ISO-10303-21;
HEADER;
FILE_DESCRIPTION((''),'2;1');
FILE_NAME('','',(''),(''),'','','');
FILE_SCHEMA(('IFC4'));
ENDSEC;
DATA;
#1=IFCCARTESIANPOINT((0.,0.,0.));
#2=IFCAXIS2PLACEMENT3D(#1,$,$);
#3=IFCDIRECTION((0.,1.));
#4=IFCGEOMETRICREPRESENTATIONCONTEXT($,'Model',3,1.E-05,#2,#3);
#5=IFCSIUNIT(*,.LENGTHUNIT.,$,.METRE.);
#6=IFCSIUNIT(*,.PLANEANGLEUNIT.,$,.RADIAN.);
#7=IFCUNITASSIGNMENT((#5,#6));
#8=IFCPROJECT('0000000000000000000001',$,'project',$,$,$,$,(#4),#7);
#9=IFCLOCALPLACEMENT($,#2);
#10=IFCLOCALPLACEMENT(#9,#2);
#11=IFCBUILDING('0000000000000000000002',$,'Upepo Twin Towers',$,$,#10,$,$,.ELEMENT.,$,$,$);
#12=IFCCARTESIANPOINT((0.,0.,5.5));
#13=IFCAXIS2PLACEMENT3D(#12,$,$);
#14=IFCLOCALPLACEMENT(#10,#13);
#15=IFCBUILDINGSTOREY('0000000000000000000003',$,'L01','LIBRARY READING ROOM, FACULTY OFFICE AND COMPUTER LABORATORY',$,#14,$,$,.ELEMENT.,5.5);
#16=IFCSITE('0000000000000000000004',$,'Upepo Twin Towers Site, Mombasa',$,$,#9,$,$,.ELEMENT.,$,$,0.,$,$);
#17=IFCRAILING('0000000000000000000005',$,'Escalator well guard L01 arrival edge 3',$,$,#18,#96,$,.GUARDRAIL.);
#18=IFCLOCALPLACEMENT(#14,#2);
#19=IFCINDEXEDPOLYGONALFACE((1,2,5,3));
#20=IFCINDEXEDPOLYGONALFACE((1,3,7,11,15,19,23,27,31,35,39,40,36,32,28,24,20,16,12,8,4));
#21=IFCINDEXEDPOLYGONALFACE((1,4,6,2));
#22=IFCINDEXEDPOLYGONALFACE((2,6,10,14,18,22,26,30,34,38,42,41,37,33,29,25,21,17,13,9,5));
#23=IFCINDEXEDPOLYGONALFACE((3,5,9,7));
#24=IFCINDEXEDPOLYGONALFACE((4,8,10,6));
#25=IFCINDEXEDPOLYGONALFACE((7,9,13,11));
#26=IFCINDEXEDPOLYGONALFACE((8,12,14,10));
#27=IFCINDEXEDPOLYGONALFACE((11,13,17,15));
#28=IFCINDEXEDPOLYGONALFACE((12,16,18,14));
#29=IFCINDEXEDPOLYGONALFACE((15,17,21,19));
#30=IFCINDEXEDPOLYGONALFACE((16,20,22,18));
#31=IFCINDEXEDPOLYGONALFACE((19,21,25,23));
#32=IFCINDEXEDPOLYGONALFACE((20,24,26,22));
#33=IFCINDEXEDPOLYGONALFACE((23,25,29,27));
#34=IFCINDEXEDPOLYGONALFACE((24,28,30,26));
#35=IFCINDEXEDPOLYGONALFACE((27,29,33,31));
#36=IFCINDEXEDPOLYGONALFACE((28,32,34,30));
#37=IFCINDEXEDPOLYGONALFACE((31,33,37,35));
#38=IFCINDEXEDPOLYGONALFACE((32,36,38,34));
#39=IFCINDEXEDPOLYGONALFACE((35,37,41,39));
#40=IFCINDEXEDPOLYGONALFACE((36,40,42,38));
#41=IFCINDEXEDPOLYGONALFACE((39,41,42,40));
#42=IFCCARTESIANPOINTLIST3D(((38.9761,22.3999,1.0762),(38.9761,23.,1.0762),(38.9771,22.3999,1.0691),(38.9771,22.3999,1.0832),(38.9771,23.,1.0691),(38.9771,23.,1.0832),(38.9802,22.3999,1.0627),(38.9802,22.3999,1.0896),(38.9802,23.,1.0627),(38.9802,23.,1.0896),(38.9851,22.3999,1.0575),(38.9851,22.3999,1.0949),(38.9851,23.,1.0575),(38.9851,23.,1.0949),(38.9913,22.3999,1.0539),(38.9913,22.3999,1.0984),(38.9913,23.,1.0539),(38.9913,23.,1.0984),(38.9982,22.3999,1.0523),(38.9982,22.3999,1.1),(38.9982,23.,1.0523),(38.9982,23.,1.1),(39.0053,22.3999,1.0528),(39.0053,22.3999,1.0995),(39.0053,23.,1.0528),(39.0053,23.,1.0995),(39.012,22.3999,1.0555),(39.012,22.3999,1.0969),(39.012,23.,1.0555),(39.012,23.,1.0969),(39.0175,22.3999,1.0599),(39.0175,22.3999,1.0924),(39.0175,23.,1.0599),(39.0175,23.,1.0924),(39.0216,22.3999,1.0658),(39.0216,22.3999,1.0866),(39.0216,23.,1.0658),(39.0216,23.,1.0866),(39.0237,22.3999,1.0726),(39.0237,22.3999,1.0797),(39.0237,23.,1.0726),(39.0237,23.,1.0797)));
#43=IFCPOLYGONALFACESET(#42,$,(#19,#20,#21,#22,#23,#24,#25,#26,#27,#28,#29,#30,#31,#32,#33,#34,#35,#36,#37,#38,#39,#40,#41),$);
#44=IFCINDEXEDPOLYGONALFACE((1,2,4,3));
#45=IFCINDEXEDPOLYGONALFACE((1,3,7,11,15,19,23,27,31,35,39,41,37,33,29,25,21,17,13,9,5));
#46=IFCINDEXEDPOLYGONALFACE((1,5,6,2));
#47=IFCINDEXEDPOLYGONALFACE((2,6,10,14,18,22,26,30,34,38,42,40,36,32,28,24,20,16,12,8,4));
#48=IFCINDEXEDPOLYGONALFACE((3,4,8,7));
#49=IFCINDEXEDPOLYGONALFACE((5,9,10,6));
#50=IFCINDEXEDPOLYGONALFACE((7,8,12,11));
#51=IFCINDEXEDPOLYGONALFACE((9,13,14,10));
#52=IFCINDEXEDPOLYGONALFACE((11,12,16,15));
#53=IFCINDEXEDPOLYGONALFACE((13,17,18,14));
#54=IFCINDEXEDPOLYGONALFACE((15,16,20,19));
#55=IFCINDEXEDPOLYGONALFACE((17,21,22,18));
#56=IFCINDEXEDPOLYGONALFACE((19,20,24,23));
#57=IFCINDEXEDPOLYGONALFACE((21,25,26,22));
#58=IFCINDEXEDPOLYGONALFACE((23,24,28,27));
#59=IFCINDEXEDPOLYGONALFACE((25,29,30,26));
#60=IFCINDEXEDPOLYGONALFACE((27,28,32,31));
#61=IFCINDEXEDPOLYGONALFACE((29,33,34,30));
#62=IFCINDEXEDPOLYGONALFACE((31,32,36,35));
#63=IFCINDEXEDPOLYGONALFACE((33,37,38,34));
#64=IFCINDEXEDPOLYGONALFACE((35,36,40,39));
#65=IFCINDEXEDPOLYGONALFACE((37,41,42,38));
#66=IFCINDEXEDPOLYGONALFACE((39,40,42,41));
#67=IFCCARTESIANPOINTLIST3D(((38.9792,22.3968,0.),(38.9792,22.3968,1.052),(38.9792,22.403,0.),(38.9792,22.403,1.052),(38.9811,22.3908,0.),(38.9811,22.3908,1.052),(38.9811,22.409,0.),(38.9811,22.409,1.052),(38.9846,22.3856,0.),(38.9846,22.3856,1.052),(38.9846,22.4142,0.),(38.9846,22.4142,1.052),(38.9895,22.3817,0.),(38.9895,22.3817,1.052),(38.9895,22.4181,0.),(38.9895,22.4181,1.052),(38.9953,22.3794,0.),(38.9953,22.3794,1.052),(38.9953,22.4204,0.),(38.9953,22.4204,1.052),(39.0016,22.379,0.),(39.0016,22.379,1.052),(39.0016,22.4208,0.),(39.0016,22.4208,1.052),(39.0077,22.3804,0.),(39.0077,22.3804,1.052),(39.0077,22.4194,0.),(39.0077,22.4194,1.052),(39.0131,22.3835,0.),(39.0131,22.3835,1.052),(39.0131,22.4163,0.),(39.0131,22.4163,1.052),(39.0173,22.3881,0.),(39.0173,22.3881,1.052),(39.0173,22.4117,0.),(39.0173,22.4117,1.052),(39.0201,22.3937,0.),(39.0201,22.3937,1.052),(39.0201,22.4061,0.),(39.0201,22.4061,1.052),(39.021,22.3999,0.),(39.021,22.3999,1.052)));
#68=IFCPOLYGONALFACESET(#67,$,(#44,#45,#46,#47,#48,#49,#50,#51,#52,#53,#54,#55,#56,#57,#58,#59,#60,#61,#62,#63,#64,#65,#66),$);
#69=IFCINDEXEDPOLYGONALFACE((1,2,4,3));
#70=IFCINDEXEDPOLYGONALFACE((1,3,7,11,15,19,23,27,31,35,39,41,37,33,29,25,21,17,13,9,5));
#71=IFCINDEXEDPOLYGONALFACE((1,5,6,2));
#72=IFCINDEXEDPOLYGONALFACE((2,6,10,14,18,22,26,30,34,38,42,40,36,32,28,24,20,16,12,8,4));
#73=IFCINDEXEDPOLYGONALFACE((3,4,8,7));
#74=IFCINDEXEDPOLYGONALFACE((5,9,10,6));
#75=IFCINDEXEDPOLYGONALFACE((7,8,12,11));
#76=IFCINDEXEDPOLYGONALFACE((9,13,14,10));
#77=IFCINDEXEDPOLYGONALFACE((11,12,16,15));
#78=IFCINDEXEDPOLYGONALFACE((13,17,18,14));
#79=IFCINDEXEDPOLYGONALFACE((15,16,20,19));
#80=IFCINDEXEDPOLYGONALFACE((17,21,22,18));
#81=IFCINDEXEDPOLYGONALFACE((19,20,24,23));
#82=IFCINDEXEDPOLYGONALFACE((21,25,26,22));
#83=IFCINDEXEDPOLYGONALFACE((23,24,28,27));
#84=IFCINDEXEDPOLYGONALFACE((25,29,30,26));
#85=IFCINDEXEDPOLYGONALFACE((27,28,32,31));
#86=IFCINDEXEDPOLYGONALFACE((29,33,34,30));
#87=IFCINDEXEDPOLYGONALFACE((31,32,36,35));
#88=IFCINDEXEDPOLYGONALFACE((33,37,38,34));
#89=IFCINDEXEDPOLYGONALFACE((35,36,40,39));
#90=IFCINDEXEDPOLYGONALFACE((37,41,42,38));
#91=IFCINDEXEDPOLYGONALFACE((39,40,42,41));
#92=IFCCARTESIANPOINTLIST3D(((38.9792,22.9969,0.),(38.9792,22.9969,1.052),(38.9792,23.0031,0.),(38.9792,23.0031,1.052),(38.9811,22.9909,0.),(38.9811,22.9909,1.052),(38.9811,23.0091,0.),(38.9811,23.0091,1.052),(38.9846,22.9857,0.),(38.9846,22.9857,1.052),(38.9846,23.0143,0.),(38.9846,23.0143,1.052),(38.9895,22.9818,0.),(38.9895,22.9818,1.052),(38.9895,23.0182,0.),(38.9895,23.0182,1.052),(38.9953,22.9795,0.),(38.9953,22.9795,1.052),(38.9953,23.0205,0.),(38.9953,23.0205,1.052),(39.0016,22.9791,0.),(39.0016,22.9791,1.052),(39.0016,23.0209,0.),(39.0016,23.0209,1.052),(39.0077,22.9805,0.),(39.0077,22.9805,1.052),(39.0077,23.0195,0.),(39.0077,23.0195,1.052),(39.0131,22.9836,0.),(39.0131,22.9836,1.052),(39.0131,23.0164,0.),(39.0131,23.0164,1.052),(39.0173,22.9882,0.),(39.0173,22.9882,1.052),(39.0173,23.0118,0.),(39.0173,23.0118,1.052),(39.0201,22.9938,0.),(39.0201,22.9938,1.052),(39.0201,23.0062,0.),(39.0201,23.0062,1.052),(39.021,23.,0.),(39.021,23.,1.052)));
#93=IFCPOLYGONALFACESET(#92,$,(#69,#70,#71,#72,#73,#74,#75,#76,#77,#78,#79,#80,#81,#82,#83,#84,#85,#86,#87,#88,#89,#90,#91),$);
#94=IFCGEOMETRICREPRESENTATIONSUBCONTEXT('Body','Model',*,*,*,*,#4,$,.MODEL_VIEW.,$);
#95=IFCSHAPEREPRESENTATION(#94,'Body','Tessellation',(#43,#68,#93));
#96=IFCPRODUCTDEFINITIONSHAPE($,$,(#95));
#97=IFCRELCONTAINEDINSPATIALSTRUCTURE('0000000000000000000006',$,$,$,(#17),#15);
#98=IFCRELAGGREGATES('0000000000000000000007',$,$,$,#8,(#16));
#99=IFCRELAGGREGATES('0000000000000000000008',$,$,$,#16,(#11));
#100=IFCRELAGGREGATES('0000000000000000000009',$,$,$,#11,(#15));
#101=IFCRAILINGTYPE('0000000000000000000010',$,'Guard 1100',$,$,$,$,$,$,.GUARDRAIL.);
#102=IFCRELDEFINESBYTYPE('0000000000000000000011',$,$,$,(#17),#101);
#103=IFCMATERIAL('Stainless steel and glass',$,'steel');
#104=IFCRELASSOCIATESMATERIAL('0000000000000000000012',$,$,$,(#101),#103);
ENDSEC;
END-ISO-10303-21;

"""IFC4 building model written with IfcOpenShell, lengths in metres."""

from ifc_helpers import new_model, si_unit, direction, frame, origin, origin_2d, place, context, subcontext, project, spatial, circle, extrude, material, type_object, element, save


model = new_model("IFC4")

# Units and contexts
model_context = context("Model", 3, precision=1e-05, world=origin(), true_north=direction((0.0, 1.0)))
body_context = subcontext(model_context, "Body", "Model", "MODEL_VIEW")
ifc_project = project(units=[si_unit("LENGTHUNIT", "METRE"), si_unit("PLANEANGLEUNIT", "RADIAN")], contexts=[model_context])

# Site, building, storey
site_placement = place(None, origin())
site = spatial("IfcSite", under=ifc_project, at=site_placement, Name="Upepo Twin Towers Site, Mombasa", CompositionType="ELEMENT", RefElevation=0.0)
building_placement = place(site_placement, origin())
building = spatial("IfcBuilding", under=site, at=building_placement, Name="Upepo Twin Towers", CompositionType="ELEMENT")
storey_placement = place(building_placement, frame((0.0, 0.0, 5.5)))
storey = spatial("IfcBuildingStorey", under=building, at=storey_placement, Name="L01", Description="LIBRARY READING ROOM, FACULTY OFFICE AND COMPUTER LABORATORY", CompositionType="ELEMENT", Elevation=5.5)

# Railing
ifc_material_1 = material(Name="Stainless steel and glass", Category="steel")
railing_type = type_object("IfcRailingType", Name="Guard 1100", PredefinedType="GUARDRAIL", material=ifc_material_1)
for number, where, name in (
    (1, (39.0, 22.3999, 0.0), "Escalator well guard L01 arrival edge 3"),
):
    element("IfcRailing", number, at=place(storey_placement, frame(where)), inside=storey, type_object=railing_type, Name=name, PredefinedType="GUARDRAIL", context=body_context, shape_type="SweptSolid", body=[
        extrude(circle(Radius=0.0239, at=origin_2d()), frame((0.0, 0.0, 1.0762), z_axis=(0.0, 1.0, 0.0), x_axis=(-1.0, 0.0, 0.0)), (0.0, 0.0, 1.0), 0.6001),
        extrude(circle(Radius=0.021, at=origin_2d()), origin(), (0.0, 0.0, 1.0), 1.052),
        extrude(circle(Radius=0.021, at=origin_2d()), frame((0.0, 0.6001, 0.0)), (0.0, 0.0, 1.0), 1.052),
    ])

save(model, "model.ifc")
